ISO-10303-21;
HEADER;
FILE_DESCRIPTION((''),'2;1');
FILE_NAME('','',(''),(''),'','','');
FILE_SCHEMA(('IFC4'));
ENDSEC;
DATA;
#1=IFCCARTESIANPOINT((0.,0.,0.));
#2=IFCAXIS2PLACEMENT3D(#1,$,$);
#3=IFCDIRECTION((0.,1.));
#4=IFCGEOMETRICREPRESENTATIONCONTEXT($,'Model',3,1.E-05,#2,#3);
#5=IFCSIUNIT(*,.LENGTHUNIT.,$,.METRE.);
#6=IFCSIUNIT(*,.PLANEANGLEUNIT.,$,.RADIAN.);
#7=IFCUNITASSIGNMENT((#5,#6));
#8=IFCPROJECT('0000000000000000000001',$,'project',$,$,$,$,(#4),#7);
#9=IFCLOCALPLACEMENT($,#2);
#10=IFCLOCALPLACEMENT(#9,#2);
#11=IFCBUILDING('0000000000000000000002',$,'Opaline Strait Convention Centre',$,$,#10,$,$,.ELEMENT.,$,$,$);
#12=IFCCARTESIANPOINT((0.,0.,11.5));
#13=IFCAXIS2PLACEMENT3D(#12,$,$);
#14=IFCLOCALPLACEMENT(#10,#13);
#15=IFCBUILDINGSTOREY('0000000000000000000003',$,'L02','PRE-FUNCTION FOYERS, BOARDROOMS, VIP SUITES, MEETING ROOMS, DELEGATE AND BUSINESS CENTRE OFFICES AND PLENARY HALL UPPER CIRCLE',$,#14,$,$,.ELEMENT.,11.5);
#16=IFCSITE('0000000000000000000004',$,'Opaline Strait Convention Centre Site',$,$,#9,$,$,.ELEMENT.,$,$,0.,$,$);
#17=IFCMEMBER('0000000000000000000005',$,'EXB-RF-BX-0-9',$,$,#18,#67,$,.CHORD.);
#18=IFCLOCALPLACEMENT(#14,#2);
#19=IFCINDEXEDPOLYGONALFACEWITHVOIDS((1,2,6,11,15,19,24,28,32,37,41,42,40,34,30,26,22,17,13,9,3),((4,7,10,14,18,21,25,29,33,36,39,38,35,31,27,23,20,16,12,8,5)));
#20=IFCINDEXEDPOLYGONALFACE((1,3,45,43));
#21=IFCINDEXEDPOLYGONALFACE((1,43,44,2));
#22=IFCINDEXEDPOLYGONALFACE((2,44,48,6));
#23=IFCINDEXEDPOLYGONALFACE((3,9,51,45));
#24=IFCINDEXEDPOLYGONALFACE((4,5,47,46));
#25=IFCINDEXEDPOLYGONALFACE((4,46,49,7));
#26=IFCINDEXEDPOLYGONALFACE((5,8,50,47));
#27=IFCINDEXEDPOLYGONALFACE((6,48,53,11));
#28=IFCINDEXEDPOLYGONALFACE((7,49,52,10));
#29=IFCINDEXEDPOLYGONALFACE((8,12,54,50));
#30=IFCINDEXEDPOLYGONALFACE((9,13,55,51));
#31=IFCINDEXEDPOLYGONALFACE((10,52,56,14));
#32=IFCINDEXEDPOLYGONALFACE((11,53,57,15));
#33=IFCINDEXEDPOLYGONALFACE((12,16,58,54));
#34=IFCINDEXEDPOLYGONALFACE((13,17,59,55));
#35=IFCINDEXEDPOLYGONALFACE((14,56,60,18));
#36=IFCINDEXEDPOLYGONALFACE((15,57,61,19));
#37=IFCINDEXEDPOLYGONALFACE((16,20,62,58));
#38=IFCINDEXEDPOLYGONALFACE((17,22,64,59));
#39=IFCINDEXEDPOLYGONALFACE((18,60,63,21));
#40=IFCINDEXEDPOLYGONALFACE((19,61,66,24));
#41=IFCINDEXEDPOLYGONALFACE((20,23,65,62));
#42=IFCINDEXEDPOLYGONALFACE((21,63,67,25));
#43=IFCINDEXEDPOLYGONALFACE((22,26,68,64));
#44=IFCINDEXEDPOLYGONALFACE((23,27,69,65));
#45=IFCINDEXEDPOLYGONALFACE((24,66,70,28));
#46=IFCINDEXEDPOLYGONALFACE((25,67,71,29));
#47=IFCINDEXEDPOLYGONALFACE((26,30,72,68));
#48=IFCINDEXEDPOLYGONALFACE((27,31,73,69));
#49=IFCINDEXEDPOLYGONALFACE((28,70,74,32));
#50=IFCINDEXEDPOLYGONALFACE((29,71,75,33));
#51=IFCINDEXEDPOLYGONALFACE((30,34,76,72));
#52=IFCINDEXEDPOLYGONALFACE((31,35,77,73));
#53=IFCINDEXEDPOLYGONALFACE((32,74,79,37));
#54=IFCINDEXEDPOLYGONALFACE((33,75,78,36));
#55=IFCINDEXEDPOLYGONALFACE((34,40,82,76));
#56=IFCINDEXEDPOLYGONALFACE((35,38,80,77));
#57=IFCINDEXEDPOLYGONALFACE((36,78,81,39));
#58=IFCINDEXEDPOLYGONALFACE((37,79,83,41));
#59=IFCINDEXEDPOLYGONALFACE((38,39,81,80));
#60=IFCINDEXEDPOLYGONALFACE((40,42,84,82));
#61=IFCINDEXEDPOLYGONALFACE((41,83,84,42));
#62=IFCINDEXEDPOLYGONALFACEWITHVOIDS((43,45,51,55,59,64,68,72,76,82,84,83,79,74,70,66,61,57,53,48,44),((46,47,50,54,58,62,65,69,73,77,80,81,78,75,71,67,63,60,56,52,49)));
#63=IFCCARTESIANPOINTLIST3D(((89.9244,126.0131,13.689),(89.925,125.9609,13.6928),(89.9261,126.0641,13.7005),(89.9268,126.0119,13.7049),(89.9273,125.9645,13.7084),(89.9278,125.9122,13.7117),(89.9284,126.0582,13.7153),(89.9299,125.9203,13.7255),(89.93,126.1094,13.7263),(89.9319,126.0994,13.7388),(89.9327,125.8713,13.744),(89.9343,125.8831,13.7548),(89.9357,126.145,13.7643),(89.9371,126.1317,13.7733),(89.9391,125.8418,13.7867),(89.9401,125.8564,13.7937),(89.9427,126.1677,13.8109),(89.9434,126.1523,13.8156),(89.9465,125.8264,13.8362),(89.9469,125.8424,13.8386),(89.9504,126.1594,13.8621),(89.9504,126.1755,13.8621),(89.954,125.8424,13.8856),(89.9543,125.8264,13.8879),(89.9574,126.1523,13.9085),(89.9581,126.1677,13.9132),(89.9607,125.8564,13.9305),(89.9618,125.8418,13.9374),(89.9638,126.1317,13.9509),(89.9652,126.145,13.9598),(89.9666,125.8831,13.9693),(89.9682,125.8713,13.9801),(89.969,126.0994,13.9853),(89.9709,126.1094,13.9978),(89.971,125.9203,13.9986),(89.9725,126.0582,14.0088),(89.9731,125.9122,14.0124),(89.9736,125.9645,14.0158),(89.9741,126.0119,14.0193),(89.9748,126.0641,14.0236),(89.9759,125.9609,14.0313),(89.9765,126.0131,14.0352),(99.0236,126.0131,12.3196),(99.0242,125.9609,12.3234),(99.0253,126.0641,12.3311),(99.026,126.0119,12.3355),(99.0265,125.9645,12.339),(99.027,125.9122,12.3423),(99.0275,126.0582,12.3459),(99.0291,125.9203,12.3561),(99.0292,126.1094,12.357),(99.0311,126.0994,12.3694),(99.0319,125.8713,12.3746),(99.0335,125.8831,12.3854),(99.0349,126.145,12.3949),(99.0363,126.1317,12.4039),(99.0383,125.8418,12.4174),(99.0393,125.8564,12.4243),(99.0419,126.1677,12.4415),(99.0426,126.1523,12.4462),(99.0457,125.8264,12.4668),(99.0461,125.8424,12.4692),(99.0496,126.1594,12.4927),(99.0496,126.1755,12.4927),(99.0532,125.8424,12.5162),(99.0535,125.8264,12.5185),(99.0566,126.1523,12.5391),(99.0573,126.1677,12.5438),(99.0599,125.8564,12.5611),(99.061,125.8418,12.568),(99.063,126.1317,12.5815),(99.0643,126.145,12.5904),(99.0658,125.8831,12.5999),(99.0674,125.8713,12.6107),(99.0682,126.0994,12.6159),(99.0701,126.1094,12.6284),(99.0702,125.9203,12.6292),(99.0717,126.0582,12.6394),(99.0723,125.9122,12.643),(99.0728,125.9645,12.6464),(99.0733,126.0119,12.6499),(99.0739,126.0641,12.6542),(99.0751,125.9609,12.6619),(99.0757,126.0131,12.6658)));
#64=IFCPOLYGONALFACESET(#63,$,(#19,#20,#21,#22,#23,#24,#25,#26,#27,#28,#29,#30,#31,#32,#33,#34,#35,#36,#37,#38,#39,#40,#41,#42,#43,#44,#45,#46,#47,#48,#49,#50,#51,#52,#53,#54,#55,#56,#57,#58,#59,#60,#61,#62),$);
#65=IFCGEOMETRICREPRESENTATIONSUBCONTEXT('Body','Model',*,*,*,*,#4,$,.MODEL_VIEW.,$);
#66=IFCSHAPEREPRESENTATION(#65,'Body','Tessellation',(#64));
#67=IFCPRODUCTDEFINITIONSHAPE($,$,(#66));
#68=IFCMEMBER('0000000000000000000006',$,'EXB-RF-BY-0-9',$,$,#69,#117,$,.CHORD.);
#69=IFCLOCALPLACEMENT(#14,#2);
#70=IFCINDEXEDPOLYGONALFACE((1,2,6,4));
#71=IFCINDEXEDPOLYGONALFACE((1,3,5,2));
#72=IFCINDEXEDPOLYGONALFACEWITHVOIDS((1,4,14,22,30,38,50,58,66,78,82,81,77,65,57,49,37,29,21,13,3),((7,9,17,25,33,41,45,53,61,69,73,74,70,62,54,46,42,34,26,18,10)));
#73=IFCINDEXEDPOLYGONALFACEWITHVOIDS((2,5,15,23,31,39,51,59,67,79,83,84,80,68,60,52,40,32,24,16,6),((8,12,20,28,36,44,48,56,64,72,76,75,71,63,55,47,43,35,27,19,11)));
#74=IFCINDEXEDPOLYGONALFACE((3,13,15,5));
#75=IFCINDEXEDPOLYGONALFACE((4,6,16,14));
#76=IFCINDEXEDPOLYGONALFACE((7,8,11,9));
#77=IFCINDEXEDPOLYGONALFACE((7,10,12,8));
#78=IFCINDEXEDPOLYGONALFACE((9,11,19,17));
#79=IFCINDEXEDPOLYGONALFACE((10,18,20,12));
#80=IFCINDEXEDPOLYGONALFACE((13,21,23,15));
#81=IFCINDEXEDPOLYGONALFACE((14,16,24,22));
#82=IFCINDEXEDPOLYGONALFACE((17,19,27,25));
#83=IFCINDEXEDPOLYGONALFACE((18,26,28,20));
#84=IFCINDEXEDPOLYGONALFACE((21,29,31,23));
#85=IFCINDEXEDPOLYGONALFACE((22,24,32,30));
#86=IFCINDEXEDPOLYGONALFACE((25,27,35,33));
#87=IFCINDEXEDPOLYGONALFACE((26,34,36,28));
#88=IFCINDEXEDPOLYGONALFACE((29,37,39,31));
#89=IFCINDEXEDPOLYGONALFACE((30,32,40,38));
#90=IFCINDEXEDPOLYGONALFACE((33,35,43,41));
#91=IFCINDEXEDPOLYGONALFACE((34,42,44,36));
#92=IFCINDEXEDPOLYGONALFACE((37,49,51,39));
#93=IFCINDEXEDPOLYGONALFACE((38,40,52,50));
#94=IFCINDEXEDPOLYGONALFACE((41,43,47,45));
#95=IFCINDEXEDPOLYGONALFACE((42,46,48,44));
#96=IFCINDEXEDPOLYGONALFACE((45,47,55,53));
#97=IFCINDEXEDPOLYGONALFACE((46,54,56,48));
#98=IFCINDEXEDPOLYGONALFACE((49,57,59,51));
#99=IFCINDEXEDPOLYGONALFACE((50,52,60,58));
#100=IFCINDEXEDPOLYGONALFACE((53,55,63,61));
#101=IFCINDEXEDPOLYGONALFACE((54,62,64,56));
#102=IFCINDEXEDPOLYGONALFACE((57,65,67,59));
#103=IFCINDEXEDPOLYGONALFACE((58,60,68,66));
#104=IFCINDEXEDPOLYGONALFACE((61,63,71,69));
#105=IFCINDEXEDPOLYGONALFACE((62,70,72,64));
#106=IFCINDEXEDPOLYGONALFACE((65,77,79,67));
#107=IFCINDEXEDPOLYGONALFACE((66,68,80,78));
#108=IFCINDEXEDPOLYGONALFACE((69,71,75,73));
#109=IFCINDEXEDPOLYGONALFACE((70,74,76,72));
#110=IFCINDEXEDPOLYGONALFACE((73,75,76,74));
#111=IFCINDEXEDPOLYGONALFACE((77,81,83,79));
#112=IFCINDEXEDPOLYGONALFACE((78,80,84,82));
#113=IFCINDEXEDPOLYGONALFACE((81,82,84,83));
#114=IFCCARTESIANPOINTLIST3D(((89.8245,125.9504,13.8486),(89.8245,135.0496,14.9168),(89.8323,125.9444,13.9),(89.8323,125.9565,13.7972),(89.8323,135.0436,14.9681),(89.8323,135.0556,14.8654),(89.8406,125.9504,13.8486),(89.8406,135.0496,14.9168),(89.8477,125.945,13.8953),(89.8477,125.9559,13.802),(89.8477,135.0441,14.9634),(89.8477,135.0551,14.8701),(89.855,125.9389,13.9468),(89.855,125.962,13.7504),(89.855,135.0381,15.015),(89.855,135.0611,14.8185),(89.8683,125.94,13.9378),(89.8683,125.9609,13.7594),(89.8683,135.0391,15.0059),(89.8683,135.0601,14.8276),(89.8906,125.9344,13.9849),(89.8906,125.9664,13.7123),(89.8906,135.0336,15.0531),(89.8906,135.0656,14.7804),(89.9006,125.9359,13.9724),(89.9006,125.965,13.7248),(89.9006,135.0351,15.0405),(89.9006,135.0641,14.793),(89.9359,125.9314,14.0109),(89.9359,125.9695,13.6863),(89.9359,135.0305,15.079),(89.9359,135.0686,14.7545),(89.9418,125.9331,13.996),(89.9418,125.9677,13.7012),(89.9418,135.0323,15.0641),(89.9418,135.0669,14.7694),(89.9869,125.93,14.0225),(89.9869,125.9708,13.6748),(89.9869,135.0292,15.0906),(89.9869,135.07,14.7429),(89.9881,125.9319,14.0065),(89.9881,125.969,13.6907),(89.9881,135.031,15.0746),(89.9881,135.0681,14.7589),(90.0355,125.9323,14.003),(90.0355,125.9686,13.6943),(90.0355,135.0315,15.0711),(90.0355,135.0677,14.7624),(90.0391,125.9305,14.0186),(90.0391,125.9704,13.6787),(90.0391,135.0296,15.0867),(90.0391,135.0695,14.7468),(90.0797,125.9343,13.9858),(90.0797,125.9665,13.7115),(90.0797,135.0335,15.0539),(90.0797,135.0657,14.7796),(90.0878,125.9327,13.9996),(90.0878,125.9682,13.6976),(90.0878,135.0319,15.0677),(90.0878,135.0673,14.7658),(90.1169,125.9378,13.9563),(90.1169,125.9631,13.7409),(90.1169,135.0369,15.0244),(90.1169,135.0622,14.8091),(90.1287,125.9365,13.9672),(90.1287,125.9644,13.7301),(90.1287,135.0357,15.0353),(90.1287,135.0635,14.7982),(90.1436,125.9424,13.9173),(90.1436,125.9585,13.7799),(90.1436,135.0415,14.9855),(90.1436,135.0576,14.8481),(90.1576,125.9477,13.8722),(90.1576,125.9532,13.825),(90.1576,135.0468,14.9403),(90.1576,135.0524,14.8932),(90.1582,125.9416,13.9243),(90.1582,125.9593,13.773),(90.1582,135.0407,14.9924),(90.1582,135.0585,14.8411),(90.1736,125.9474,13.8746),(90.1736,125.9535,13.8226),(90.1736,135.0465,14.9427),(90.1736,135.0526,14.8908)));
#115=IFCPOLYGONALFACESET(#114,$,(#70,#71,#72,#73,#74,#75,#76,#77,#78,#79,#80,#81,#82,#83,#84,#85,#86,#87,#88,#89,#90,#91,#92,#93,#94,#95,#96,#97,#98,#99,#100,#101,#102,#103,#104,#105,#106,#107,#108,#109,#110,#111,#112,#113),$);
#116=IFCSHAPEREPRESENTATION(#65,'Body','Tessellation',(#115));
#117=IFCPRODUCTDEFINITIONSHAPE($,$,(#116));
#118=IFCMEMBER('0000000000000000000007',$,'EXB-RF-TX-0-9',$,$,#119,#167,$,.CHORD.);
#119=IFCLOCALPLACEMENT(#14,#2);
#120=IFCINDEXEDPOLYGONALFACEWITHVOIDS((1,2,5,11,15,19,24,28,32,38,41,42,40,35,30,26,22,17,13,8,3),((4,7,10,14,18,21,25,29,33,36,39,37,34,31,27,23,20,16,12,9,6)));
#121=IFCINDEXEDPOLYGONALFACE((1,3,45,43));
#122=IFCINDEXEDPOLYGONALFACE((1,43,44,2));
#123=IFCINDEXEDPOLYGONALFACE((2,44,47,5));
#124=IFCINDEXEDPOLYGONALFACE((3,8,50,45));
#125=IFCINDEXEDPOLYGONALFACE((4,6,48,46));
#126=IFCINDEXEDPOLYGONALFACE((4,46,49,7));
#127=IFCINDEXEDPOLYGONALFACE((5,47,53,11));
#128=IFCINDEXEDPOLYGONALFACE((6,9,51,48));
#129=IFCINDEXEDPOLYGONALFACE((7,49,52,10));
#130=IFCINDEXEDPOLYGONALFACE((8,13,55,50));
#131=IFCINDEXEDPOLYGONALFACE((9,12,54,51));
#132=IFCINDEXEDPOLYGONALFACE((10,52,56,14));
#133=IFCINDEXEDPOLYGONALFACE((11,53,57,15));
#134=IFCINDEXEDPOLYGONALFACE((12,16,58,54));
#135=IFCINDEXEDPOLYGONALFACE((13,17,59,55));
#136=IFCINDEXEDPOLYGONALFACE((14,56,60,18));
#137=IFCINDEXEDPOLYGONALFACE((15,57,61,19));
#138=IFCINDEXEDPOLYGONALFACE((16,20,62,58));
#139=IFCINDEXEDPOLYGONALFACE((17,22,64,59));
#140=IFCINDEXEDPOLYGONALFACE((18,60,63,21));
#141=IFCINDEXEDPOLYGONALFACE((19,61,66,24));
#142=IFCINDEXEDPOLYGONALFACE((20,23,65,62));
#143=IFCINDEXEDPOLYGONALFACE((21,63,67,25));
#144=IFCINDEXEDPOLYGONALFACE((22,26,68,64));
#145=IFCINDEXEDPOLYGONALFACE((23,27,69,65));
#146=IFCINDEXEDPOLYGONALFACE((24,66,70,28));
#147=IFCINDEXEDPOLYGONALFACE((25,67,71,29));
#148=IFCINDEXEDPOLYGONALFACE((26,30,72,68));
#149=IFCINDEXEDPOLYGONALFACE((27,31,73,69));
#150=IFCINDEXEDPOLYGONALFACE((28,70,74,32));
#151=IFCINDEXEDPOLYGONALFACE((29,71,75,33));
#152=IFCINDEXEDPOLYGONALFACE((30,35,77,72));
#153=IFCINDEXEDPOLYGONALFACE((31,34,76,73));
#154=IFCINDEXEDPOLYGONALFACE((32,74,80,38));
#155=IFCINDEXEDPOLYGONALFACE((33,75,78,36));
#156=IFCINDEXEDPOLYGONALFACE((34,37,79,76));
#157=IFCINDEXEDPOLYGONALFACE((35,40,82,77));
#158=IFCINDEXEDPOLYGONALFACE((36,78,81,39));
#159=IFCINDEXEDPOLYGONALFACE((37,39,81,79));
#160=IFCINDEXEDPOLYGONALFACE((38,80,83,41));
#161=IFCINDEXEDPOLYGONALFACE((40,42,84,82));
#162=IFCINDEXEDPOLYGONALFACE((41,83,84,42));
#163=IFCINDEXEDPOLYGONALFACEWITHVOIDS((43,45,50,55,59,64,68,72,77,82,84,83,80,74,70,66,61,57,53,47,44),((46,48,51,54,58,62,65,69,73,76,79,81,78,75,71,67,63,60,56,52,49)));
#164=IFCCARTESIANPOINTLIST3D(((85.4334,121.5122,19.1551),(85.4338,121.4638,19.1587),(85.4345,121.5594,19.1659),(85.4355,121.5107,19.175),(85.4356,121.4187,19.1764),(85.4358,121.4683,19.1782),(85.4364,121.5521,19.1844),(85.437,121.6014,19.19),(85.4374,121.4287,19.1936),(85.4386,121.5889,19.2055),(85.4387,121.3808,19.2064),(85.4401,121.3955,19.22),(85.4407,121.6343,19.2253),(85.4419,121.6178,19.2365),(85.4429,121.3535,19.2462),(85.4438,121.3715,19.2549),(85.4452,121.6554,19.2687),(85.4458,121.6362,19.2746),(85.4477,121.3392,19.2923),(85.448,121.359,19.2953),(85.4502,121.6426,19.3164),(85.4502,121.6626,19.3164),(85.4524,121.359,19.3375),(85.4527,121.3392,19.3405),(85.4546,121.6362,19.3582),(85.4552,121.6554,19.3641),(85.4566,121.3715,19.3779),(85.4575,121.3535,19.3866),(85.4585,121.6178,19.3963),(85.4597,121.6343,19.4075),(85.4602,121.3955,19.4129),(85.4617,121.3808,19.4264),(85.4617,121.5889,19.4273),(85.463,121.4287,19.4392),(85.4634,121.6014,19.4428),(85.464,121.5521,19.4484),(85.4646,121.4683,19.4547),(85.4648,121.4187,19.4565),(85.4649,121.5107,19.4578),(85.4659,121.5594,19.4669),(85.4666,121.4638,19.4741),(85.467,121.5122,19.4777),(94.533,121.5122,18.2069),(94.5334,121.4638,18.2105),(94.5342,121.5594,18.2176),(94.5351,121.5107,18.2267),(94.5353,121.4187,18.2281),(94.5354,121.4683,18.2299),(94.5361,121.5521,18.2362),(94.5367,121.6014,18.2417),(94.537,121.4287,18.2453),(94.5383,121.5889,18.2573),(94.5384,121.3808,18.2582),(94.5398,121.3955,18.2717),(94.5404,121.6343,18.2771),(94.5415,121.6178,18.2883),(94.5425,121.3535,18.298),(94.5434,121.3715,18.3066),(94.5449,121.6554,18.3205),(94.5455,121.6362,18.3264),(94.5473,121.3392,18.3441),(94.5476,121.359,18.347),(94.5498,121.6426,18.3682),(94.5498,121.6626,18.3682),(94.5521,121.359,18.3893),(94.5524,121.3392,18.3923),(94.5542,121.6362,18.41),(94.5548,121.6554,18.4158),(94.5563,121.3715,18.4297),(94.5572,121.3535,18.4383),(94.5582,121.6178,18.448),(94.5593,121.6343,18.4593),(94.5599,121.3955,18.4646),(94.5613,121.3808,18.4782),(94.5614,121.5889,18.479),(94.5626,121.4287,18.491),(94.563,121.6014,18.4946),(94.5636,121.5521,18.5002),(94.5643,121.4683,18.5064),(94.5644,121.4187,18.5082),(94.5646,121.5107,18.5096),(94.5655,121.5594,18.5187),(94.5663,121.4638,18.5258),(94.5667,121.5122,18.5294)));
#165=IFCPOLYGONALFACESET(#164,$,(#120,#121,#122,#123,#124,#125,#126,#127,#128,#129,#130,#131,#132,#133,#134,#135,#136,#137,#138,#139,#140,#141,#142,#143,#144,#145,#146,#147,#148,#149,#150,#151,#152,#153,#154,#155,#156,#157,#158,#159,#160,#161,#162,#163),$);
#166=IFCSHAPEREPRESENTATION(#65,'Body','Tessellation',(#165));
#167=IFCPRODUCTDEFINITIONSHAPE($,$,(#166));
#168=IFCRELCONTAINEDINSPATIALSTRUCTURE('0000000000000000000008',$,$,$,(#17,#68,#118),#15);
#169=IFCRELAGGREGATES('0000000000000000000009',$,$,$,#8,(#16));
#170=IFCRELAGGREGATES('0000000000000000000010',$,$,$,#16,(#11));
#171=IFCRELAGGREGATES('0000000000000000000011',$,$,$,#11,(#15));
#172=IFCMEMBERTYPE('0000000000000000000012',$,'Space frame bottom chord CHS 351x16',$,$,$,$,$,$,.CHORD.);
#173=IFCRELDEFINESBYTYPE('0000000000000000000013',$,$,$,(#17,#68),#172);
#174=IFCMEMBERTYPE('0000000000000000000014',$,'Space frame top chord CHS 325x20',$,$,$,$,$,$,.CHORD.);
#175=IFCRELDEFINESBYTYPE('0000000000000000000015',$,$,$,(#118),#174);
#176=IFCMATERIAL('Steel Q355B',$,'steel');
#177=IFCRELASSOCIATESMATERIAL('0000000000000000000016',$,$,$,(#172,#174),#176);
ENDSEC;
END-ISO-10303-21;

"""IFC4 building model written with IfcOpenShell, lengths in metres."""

from ifc_helpers import new_model, si_unit, direction, frame, origin, origin_2d, place, context, subcontext, project, spatial, hollow_circle, extrude, material, material_profile, profile_set, type_object, element, save


model = new_model("IFC4")

# Units and contexts
model_context = context("Model", 3, precision=1e-05, world=origin(), true_north=direction((0.0, 1.0)))
body_context = subcontext(model_context, "Body", "Model", "MODEL_VIEW")
ifc_project = project(units=[si_unit("LENGTHUNIT", "METRE"), si_unit("PLANEANGLEUNIT", "RADIAN")], contexts=[model_context])

# Site, building, storey
site_placement = place(None, origin())
site = spatial("IfcSite", under=ifc_project, at=site_placement, Name="Opaline Strait Convention Centre Site", CompositionType="ELEMENT", RefElevation=0.0)
building_placement = place(site_placement, origin())
building = spatial("IfcBuilding", under=site, at=building_placement, Name="Opaline Strait Convention Centre", CompositionType="ELEMENT")
storey_placement = place(building_placement, frame((0.0, 0.0, 11.5)))
storey = spatial("IfcBuildingStorey", under=building, at=storey_placement, Name="L02", Description="PRE-FUNCTION FOYERS, BOARDROOMS, VIP SUITES, MEETING ROOMS, DELEGATE AND BUSINESS CENTRE OFFICES AND PLENARY HALL UPPER CIRCLE", CompositionType="ELEMENT", Elevation=11.5)

# Members
ifc_material_1 = material(Name="Steel Q355B", Category="steel")
ifc_material_profile_1 = material_profile(ifc_material_1, hollow_circle(Radius=0.1755, WallThickness=0.0161, at=origin_2d()), Name="CHS 351x16")
ifc_profile_set_1 = profile_set([ifc_material_profile_1], Name="Steel Q355B")
member_type_1 = type_object("IfcMemberType", Name="Space frame bottom chord CHS 351x16", PredefinedType="CHORD", material=ifc_profile_set_1)
member_1_placement = place(storey_placement, frame((89.9504, 126.0, 13.8621), z_axis=(0.988864, 0.0, -0.14882), x_axis=(0.0, 1.0, 0.0)))
element("IfcMember", 1, at=member_1_placement, inside=storey, type_object=member_type_1, Name="EXB-RF-BX-0-9", PredefinedType="CHORD", context=body_context, shape_type="SweptSolid", body=[
    extrude(hollow_circle(Radius=0.1755, WallThickness=0.0161, at=origin_2d()), origin(), (0.0, 0.0, 1.0), 9.2017),
])
member_2_placement = place(storey_placement, frame((90.0, 125.9504, 13.8486), z_axis=(0.0, 0.993181, 0.116586), x_axis=(-1.0, 0.0, 0.0)))
element("IfcMember", 2, at=member_2_placement, inside=storey, type_object=member_type_1, Name="EXB-RF-BY-0-9", PredefinedType="CHORD", context=body_context, shape_type="SweptSolid", body=[
    extrude(hollow_circle(Radius=0.1755, WallThickness=0.0161, at=origin_2d()), origin(), (0.0, 0.0, 1.0), 9.1616),
])
ifc_material_profile_2 = material_profile(ifc_material_1, hollow_circle(Radius=0.1626, WallThickness=0.02, at=origin_2d()), Name="CHS 325x20")
ifc_profile_set_2 = profile_set([ifc_material_profile_2], Name="Steel Q355B")
member_type_2 = type_object("IfcMemberType", Name="Space frame top chord CHS 325x20", PredefinedType="CHORD", material=ifc_profile_set_2)
member_3_placement = place(storey_placement, frame((85.4502, 121.5, 19.3164), z_axis=(0.994614, 0.0, -0.103646), x_axis=(0.0, 1.0, 0.0)))
element("IfcMember", 3, at=member_3_placement, inside=storey, type_object=member_type_2, Name="EXB-RF-TX-0-9", PredefinedType="CHORD", context=body_context, shape_type="SweptSolid", body=[
    extrude(hollow_circle(Radius=0.1626, WallThickness=0.02, at=origin_2d()), origin(), (0.0, 0.0, 1.0), 9.1489),
])

save(model, "model.ifc")
